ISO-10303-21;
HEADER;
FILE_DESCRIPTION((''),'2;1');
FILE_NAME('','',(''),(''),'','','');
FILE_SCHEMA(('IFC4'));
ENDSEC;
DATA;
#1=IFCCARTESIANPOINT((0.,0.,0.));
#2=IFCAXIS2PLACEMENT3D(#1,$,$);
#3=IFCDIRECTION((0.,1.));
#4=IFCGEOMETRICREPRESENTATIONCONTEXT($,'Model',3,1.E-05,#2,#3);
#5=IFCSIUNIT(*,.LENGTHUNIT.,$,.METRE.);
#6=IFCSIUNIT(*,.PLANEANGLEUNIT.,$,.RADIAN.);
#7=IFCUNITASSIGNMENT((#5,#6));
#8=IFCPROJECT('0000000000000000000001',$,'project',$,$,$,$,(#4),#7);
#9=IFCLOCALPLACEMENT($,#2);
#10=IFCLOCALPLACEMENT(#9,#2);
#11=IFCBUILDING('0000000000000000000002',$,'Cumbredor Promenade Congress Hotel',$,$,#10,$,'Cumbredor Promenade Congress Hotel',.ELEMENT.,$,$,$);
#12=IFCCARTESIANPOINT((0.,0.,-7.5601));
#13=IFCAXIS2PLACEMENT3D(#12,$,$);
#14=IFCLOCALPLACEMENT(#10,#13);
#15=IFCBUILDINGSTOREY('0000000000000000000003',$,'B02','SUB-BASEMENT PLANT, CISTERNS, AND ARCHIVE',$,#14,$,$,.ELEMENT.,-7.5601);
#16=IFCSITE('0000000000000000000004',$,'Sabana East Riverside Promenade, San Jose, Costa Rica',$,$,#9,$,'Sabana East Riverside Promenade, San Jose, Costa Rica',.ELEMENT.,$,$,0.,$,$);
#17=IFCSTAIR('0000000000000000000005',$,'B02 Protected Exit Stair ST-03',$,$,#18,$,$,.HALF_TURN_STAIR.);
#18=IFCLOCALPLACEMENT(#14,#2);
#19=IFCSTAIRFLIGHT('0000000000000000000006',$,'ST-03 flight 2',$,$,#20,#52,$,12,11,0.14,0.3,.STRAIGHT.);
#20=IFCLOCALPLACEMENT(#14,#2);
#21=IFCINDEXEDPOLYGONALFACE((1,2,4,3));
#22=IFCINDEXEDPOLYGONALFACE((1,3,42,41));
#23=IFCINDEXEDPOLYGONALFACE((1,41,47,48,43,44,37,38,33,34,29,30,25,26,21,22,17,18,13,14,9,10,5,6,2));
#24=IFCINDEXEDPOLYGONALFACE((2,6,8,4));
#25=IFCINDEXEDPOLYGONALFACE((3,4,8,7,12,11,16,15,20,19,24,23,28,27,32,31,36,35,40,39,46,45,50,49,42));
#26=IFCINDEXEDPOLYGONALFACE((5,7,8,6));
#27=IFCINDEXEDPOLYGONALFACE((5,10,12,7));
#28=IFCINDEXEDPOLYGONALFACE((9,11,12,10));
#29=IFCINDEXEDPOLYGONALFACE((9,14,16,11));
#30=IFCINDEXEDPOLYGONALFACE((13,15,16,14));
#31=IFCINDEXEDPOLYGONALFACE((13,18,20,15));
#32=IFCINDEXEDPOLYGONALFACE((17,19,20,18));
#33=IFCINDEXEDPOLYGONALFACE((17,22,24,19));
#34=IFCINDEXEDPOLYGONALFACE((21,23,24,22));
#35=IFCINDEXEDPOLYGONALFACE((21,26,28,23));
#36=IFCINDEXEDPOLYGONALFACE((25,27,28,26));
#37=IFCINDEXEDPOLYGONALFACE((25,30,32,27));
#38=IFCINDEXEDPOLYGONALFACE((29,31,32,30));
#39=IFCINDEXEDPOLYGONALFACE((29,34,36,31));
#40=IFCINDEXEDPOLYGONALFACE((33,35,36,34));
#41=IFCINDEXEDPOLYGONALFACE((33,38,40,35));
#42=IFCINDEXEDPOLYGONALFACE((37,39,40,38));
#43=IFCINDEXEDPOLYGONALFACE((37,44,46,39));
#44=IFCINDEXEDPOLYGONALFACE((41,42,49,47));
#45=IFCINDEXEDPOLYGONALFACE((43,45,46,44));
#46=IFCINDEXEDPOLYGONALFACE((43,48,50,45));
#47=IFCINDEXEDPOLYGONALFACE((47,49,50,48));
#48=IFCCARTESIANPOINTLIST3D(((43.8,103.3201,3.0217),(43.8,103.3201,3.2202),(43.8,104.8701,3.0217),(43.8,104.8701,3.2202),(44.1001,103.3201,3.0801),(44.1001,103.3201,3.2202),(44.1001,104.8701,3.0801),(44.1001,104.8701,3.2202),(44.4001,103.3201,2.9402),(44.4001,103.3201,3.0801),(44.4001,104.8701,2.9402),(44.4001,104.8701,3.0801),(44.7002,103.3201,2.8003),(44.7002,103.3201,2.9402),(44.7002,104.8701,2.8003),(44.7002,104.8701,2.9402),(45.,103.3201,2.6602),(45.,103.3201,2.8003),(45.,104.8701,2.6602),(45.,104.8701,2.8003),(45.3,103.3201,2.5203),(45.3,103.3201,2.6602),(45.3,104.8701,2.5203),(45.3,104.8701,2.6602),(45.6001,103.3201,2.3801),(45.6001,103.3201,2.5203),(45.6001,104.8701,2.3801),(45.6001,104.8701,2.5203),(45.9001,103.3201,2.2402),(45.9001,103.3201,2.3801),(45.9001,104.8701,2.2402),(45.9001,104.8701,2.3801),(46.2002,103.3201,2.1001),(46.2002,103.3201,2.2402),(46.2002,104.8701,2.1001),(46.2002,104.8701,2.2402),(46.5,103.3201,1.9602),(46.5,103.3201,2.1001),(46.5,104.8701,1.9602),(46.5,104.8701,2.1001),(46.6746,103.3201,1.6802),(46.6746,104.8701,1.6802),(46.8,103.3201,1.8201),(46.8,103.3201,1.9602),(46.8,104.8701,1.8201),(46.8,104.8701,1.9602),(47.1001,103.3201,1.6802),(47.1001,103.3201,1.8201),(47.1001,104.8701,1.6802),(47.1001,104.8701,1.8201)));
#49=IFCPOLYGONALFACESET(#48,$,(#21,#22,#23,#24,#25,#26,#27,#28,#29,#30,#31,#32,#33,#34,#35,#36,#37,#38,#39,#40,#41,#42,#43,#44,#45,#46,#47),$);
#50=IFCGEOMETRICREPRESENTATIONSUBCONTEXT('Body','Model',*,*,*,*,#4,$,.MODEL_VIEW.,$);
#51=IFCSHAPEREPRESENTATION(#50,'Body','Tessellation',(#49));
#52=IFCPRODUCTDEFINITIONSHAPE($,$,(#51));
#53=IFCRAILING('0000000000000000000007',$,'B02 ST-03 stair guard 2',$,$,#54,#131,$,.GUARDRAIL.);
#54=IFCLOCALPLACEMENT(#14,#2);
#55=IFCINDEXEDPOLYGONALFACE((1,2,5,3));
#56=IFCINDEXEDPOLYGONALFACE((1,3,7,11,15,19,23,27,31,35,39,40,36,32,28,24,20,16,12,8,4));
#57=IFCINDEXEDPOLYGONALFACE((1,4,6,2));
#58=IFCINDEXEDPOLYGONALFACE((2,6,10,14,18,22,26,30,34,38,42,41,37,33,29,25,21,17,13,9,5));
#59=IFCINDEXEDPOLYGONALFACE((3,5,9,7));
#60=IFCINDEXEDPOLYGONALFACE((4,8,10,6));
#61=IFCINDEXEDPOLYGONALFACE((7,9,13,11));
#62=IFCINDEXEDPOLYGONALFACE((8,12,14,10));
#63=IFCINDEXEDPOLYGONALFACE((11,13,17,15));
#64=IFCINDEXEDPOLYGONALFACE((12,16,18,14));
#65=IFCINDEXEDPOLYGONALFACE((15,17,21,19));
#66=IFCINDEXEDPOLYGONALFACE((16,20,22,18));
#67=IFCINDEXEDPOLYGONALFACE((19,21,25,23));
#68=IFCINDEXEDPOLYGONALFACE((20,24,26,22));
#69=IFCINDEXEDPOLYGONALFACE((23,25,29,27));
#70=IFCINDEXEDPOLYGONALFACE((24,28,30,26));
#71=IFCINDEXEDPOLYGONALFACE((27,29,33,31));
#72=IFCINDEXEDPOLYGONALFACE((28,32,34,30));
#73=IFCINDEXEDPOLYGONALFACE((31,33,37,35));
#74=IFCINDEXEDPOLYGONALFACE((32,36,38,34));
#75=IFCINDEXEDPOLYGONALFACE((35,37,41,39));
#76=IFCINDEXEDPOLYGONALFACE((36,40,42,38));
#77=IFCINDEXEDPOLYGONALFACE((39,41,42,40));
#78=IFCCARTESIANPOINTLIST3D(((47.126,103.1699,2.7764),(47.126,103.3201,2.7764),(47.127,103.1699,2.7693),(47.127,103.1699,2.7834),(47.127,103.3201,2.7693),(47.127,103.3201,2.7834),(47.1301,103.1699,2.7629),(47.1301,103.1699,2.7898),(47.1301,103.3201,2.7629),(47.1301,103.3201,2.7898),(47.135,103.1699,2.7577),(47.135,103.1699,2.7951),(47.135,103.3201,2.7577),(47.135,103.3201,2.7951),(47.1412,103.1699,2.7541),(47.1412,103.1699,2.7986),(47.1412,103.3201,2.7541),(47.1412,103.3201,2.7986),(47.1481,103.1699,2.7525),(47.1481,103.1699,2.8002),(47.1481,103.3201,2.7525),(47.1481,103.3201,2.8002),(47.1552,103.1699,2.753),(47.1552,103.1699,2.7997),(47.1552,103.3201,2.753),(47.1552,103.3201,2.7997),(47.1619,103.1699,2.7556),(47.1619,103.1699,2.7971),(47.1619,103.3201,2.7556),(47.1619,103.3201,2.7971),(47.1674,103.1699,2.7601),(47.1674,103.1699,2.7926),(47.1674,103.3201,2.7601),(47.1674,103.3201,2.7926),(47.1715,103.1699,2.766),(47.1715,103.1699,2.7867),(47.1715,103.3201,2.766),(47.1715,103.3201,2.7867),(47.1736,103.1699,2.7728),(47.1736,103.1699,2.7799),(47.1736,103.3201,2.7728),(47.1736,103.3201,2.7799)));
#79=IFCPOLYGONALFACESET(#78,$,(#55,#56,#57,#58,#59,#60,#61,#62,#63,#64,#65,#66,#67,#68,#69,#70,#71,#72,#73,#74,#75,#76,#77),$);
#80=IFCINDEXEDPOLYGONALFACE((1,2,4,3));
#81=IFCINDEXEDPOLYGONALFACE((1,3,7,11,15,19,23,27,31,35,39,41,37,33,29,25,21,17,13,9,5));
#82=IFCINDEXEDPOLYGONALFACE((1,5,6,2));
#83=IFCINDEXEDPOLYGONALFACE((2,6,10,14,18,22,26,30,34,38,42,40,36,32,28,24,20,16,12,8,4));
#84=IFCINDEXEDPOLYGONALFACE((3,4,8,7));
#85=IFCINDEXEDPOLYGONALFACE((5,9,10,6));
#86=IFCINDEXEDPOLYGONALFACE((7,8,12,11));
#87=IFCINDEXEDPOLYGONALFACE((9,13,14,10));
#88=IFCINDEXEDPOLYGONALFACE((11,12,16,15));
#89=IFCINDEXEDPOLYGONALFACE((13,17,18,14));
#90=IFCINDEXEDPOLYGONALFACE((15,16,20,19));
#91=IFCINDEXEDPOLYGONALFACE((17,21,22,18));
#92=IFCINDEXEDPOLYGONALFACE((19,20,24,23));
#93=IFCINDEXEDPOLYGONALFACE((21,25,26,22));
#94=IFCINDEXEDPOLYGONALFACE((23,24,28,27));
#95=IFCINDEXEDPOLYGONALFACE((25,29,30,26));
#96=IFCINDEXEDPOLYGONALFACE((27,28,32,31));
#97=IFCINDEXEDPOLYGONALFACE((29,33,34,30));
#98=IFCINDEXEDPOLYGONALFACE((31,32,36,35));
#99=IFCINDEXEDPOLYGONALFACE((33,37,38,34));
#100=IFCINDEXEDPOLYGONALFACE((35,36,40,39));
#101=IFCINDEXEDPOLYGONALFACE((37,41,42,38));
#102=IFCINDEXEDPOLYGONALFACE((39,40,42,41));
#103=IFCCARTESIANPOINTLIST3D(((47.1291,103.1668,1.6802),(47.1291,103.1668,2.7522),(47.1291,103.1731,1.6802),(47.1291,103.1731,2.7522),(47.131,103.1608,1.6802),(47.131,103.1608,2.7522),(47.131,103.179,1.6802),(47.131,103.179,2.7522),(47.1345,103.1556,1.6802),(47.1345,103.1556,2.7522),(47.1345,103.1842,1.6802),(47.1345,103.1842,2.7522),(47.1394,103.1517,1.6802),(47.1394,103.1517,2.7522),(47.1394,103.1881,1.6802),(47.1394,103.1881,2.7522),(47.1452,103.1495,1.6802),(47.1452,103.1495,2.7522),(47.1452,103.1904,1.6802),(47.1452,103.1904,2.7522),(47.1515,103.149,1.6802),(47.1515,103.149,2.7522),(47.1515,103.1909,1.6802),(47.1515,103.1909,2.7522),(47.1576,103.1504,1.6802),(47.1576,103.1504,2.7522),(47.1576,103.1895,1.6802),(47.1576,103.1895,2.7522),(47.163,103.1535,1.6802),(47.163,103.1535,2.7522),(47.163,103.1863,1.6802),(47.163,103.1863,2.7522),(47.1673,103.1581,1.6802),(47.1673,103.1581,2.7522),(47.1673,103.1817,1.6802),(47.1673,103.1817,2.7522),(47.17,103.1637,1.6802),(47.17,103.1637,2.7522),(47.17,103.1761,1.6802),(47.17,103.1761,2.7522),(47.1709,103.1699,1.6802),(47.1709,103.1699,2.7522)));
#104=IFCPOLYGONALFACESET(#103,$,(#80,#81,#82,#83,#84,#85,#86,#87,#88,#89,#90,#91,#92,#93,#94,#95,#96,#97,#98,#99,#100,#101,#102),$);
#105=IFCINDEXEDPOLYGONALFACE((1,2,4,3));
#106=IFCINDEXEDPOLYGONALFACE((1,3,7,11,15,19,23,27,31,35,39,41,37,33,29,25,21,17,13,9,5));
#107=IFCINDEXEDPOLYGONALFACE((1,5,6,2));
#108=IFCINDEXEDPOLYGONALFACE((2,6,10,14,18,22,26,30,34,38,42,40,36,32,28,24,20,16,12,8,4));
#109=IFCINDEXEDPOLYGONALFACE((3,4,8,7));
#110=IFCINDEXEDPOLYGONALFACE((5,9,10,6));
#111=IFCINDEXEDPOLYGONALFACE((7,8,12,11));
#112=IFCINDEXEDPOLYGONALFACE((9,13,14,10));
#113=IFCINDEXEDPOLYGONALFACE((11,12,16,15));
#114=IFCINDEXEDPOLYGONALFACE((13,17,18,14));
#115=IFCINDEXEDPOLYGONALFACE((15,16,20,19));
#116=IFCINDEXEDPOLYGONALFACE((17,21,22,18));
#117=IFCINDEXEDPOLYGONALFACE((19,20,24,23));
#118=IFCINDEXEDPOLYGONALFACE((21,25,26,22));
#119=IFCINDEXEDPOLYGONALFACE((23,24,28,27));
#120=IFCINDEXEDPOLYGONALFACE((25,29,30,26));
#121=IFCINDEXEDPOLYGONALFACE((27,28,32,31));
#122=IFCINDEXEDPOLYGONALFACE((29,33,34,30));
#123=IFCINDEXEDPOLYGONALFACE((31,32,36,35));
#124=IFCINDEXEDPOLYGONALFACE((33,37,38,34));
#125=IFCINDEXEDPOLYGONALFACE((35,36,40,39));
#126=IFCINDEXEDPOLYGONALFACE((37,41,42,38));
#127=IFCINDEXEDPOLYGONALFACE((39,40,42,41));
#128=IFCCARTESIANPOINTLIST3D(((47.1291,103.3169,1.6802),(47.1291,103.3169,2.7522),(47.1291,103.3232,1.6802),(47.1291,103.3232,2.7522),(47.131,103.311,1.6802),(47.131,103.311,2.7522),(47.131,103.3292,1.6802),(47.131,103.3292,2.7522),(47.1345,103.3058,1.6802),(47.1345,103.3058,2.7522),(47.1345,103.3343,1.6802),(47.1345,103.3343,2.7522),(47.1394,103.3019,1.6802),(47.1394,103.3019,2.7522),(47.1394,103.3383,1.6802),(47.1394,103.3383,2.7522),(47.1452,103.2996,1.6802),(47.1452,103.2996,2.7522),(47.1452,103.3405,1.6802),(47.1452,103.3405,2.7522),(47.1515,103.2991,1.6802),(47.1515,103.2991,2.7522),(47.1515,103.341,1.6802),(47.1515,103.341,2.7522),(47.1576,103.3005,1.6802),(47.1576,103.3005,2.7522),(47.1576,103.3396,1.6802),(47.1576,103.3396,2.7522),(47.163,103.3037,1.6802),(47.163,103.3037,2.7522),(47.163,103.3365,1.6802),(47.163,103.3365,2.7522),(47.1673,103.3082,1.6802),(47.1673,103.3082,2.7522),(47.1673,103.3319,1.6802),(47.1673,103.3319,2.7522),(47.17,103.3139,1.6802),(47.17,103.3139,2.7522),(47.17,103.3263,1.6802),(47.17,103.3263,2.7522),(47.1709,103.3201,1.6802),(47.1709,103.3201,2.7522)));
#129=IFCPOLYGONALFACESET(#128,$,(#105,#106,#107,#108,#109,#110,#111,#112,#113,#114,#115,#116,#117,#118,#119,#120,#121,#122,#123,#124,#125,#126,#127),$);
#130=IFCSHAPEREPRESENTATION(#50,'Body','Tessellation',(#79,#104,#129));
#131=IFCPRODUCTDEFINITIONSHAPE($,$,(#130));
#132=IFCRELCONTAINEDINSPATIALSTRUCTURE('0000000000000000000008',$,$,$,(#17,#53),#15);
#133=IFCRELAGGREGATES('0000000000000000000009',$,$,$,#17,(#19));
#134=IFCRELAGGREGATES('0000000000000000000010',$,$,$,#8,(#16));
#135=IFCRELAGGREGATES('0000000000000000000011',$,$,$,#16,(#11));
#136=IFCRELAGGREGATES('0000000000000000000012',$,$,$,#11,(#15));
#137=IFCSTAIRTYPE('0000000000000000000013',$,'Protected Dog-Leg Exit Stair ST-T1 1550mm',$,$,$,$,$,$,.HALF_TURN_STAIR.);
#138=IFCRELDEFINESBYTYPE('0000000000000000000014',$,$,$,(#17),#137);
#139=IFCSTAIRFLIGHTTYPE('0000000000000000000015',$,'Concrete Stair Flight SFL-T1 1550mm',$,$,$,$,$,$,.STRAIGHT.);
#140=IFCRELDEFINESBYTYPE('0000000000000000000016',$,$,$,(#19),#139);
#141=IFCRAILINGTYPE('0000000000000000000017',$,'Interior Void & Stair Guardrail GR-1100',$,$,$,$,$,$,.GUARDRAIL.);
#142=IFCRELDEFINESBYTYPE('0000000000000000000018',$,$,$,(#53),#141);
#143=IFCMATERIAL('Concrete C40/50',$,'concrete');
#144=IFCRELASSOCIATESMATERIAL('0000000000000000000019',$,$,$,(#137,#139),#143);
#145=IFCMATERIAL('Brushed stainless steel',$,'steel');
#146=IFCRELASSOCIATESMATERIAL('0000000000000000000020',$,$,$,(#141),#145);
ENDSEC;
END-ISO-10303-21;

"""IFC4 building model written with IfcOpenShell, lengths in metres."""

from ifc_helpers import new_model, si_unit, direction, frame, origin, origin_2d, place, context, subcontext, project, spatial, polyline, circle, outline, extrude, material, type_object, element, aggregate, save


model = new_model("IFC4")

# Units and contexts
model_context = context("Model", 3, precision=1e-05, world=origin(), true_north=direction((0.0, 1.0)))
body_context = subcontext(model_context, "Body", "Model", "MODEL_VIEW")
ifc_project = project(units=[si_unit("LENGTHUNIT", "METRE"), si_unit("PLANEANGLEUNIT", "RADIAN")], contexts=[model_context])

# Site, building, storey
site_placement = place(None, origin())
site = spatial("IfcSite", under=ifc_project, at=site_placement, Name="Sabana East Riverside Promenade, San Jose, Costa Rica", LongName="Sabana East Riverside Promenade, San Jose, Costa Rica", CompositionType="ELEMENT", RefElevation=0.0)
building_placement = place(site_placement, origin())
building = spatial("IfcBuilding", under=site, at=building_placement, Name="Cumbredor Promenade Congress Hotel", LongName="Cumbredor Promenade Congress Hotel", CompositionType="ELEMENT")
storey_placement = place(building_placement, frame((0.0, 0.0, -7.5601)))
storey = spatial("IfcBuildingStorey", under=building, at=storey_placement, Name="B02", Description="SUB-BASEMENT PLANT, CISTERNS, AND ARCHIVE", CompositionType="ELEMENT", Elevation=-7.5601)

# Shared definitions
ifc_material_1 = material(Name="Concrete C40/50", Category="concrete")

# Stair, stair flight
stair_type = type_object("IfcStairType", Name="Protected Dog-Leg Exit Stair ST-T1 1550mm", PredefinedType="HALF_TURN_STAIR", material=ifc_material_1)
stair_placement = place(storey_placement, origin())
stair = element("IfcStair", 1, at=stair_placement, inside=storey, type_object=stair_type, Name="B02 Protected Exit Stair ST-03", PredefinedType="HALF_TURN_STAIR")
stair_flight_type = type_object("IfcStairFlightType", Name="Concrete Stair Flight SFL-T1 1550mm", PredefinedType="STRAIGHT", material=ifc_material_1)
stair_flight_placement = place(storey_placement, frame((47.1001, 104.095, 1.6802), z_axis=(0.0, 0.0, 1.0), x_axis=(-1.0, 0.0, 0.0)))
stair_flight = element("IfcStairFlight", 2, at=stair_flight_placement, type_object=stair_flight_type, Name="ST-03 flight 2", NumberOfRisers=12, NumberOfTreads=11, PredefinedType="STRAIGHT", RiserHeight=0.14, TreadLength=0.3, context=body_context, shape_type="SweptSolid", body=[
    extrude(outline(polyline([(0.0, 0.0), (0.0, 0.1399), (0.3, 0.1399), (0.3, 0.28), (0.6001, 0.28), (0.6001, 0.4199), (0.8999, 0.4199), (0.8999, 0.5601), (1.2, 0.5601), (1.2, 0.7), (1.5, 0.7), (1.5, 0.8401), (1.8, 0.8401), (1.8, 0.98), (2.1001, 0.98), (2.1001, 1.1201), (2.3999, 1.1201), (2.3999, 1.26), (2.7, 1.26), (2.7, 1.3999), (3.0, 1.3999), (3.0, 1.54), (3.3, 1.54), (3.3, 1.6799), (3.3, 1.3416), (0.4255, 0.0), (0.0, 0.0)])), frame((0.0, 0.7749, 0.0), z_axis=(0.0, -1.0, 0.0), x_axis=(1.0, 0.0, 0.0)), (0.0, 0.0, 1.0), 1.55),
])
aggregate(stair, [stair_flight])

# Railing
ifc_material_2 = material(Name="Brushed stainless steel", Category="steel")
railing_type_1 = type_object("IfcRailingType", Name="Interior Void & Stair Guardrail GR-1100", PredefinedType="GUARDRAIL", material=ifc_material_2)
railing_1_placement = place(storey_placement, frame((47.1499, 103.1699, 1.6802)))
element("IfcRailing", 3, at=railing_1_placement, inside=storey, type_object=railing_type_1, Name="B02 ST-03 stair guard 2", PredefinedType="GUARDRAIL", context=body_context, shape_type="SweptSolid", body=[
    extrude(circle(Radius=0.0239, at=origin_2d()), frame((0.0, 0.0, 1.0962), z_axis=(0.0, 1.0, 0.0), x_axis=(-1.0, 0.0, 0.0)), (0.0, 0.0, 1.0), 0.1501),
    extrude(circle(Radius=0.021, at=origin_2d()), origin(), (0.0, 0.0, 1.0), 1.072),
    extrude(circle(Radius=0.021, at=origin_2d()), frame((0.0, 0.1501, 0.0)), (0.0, 0.0, 1.0), 1.072),
])

save(model, "model.ifc")
